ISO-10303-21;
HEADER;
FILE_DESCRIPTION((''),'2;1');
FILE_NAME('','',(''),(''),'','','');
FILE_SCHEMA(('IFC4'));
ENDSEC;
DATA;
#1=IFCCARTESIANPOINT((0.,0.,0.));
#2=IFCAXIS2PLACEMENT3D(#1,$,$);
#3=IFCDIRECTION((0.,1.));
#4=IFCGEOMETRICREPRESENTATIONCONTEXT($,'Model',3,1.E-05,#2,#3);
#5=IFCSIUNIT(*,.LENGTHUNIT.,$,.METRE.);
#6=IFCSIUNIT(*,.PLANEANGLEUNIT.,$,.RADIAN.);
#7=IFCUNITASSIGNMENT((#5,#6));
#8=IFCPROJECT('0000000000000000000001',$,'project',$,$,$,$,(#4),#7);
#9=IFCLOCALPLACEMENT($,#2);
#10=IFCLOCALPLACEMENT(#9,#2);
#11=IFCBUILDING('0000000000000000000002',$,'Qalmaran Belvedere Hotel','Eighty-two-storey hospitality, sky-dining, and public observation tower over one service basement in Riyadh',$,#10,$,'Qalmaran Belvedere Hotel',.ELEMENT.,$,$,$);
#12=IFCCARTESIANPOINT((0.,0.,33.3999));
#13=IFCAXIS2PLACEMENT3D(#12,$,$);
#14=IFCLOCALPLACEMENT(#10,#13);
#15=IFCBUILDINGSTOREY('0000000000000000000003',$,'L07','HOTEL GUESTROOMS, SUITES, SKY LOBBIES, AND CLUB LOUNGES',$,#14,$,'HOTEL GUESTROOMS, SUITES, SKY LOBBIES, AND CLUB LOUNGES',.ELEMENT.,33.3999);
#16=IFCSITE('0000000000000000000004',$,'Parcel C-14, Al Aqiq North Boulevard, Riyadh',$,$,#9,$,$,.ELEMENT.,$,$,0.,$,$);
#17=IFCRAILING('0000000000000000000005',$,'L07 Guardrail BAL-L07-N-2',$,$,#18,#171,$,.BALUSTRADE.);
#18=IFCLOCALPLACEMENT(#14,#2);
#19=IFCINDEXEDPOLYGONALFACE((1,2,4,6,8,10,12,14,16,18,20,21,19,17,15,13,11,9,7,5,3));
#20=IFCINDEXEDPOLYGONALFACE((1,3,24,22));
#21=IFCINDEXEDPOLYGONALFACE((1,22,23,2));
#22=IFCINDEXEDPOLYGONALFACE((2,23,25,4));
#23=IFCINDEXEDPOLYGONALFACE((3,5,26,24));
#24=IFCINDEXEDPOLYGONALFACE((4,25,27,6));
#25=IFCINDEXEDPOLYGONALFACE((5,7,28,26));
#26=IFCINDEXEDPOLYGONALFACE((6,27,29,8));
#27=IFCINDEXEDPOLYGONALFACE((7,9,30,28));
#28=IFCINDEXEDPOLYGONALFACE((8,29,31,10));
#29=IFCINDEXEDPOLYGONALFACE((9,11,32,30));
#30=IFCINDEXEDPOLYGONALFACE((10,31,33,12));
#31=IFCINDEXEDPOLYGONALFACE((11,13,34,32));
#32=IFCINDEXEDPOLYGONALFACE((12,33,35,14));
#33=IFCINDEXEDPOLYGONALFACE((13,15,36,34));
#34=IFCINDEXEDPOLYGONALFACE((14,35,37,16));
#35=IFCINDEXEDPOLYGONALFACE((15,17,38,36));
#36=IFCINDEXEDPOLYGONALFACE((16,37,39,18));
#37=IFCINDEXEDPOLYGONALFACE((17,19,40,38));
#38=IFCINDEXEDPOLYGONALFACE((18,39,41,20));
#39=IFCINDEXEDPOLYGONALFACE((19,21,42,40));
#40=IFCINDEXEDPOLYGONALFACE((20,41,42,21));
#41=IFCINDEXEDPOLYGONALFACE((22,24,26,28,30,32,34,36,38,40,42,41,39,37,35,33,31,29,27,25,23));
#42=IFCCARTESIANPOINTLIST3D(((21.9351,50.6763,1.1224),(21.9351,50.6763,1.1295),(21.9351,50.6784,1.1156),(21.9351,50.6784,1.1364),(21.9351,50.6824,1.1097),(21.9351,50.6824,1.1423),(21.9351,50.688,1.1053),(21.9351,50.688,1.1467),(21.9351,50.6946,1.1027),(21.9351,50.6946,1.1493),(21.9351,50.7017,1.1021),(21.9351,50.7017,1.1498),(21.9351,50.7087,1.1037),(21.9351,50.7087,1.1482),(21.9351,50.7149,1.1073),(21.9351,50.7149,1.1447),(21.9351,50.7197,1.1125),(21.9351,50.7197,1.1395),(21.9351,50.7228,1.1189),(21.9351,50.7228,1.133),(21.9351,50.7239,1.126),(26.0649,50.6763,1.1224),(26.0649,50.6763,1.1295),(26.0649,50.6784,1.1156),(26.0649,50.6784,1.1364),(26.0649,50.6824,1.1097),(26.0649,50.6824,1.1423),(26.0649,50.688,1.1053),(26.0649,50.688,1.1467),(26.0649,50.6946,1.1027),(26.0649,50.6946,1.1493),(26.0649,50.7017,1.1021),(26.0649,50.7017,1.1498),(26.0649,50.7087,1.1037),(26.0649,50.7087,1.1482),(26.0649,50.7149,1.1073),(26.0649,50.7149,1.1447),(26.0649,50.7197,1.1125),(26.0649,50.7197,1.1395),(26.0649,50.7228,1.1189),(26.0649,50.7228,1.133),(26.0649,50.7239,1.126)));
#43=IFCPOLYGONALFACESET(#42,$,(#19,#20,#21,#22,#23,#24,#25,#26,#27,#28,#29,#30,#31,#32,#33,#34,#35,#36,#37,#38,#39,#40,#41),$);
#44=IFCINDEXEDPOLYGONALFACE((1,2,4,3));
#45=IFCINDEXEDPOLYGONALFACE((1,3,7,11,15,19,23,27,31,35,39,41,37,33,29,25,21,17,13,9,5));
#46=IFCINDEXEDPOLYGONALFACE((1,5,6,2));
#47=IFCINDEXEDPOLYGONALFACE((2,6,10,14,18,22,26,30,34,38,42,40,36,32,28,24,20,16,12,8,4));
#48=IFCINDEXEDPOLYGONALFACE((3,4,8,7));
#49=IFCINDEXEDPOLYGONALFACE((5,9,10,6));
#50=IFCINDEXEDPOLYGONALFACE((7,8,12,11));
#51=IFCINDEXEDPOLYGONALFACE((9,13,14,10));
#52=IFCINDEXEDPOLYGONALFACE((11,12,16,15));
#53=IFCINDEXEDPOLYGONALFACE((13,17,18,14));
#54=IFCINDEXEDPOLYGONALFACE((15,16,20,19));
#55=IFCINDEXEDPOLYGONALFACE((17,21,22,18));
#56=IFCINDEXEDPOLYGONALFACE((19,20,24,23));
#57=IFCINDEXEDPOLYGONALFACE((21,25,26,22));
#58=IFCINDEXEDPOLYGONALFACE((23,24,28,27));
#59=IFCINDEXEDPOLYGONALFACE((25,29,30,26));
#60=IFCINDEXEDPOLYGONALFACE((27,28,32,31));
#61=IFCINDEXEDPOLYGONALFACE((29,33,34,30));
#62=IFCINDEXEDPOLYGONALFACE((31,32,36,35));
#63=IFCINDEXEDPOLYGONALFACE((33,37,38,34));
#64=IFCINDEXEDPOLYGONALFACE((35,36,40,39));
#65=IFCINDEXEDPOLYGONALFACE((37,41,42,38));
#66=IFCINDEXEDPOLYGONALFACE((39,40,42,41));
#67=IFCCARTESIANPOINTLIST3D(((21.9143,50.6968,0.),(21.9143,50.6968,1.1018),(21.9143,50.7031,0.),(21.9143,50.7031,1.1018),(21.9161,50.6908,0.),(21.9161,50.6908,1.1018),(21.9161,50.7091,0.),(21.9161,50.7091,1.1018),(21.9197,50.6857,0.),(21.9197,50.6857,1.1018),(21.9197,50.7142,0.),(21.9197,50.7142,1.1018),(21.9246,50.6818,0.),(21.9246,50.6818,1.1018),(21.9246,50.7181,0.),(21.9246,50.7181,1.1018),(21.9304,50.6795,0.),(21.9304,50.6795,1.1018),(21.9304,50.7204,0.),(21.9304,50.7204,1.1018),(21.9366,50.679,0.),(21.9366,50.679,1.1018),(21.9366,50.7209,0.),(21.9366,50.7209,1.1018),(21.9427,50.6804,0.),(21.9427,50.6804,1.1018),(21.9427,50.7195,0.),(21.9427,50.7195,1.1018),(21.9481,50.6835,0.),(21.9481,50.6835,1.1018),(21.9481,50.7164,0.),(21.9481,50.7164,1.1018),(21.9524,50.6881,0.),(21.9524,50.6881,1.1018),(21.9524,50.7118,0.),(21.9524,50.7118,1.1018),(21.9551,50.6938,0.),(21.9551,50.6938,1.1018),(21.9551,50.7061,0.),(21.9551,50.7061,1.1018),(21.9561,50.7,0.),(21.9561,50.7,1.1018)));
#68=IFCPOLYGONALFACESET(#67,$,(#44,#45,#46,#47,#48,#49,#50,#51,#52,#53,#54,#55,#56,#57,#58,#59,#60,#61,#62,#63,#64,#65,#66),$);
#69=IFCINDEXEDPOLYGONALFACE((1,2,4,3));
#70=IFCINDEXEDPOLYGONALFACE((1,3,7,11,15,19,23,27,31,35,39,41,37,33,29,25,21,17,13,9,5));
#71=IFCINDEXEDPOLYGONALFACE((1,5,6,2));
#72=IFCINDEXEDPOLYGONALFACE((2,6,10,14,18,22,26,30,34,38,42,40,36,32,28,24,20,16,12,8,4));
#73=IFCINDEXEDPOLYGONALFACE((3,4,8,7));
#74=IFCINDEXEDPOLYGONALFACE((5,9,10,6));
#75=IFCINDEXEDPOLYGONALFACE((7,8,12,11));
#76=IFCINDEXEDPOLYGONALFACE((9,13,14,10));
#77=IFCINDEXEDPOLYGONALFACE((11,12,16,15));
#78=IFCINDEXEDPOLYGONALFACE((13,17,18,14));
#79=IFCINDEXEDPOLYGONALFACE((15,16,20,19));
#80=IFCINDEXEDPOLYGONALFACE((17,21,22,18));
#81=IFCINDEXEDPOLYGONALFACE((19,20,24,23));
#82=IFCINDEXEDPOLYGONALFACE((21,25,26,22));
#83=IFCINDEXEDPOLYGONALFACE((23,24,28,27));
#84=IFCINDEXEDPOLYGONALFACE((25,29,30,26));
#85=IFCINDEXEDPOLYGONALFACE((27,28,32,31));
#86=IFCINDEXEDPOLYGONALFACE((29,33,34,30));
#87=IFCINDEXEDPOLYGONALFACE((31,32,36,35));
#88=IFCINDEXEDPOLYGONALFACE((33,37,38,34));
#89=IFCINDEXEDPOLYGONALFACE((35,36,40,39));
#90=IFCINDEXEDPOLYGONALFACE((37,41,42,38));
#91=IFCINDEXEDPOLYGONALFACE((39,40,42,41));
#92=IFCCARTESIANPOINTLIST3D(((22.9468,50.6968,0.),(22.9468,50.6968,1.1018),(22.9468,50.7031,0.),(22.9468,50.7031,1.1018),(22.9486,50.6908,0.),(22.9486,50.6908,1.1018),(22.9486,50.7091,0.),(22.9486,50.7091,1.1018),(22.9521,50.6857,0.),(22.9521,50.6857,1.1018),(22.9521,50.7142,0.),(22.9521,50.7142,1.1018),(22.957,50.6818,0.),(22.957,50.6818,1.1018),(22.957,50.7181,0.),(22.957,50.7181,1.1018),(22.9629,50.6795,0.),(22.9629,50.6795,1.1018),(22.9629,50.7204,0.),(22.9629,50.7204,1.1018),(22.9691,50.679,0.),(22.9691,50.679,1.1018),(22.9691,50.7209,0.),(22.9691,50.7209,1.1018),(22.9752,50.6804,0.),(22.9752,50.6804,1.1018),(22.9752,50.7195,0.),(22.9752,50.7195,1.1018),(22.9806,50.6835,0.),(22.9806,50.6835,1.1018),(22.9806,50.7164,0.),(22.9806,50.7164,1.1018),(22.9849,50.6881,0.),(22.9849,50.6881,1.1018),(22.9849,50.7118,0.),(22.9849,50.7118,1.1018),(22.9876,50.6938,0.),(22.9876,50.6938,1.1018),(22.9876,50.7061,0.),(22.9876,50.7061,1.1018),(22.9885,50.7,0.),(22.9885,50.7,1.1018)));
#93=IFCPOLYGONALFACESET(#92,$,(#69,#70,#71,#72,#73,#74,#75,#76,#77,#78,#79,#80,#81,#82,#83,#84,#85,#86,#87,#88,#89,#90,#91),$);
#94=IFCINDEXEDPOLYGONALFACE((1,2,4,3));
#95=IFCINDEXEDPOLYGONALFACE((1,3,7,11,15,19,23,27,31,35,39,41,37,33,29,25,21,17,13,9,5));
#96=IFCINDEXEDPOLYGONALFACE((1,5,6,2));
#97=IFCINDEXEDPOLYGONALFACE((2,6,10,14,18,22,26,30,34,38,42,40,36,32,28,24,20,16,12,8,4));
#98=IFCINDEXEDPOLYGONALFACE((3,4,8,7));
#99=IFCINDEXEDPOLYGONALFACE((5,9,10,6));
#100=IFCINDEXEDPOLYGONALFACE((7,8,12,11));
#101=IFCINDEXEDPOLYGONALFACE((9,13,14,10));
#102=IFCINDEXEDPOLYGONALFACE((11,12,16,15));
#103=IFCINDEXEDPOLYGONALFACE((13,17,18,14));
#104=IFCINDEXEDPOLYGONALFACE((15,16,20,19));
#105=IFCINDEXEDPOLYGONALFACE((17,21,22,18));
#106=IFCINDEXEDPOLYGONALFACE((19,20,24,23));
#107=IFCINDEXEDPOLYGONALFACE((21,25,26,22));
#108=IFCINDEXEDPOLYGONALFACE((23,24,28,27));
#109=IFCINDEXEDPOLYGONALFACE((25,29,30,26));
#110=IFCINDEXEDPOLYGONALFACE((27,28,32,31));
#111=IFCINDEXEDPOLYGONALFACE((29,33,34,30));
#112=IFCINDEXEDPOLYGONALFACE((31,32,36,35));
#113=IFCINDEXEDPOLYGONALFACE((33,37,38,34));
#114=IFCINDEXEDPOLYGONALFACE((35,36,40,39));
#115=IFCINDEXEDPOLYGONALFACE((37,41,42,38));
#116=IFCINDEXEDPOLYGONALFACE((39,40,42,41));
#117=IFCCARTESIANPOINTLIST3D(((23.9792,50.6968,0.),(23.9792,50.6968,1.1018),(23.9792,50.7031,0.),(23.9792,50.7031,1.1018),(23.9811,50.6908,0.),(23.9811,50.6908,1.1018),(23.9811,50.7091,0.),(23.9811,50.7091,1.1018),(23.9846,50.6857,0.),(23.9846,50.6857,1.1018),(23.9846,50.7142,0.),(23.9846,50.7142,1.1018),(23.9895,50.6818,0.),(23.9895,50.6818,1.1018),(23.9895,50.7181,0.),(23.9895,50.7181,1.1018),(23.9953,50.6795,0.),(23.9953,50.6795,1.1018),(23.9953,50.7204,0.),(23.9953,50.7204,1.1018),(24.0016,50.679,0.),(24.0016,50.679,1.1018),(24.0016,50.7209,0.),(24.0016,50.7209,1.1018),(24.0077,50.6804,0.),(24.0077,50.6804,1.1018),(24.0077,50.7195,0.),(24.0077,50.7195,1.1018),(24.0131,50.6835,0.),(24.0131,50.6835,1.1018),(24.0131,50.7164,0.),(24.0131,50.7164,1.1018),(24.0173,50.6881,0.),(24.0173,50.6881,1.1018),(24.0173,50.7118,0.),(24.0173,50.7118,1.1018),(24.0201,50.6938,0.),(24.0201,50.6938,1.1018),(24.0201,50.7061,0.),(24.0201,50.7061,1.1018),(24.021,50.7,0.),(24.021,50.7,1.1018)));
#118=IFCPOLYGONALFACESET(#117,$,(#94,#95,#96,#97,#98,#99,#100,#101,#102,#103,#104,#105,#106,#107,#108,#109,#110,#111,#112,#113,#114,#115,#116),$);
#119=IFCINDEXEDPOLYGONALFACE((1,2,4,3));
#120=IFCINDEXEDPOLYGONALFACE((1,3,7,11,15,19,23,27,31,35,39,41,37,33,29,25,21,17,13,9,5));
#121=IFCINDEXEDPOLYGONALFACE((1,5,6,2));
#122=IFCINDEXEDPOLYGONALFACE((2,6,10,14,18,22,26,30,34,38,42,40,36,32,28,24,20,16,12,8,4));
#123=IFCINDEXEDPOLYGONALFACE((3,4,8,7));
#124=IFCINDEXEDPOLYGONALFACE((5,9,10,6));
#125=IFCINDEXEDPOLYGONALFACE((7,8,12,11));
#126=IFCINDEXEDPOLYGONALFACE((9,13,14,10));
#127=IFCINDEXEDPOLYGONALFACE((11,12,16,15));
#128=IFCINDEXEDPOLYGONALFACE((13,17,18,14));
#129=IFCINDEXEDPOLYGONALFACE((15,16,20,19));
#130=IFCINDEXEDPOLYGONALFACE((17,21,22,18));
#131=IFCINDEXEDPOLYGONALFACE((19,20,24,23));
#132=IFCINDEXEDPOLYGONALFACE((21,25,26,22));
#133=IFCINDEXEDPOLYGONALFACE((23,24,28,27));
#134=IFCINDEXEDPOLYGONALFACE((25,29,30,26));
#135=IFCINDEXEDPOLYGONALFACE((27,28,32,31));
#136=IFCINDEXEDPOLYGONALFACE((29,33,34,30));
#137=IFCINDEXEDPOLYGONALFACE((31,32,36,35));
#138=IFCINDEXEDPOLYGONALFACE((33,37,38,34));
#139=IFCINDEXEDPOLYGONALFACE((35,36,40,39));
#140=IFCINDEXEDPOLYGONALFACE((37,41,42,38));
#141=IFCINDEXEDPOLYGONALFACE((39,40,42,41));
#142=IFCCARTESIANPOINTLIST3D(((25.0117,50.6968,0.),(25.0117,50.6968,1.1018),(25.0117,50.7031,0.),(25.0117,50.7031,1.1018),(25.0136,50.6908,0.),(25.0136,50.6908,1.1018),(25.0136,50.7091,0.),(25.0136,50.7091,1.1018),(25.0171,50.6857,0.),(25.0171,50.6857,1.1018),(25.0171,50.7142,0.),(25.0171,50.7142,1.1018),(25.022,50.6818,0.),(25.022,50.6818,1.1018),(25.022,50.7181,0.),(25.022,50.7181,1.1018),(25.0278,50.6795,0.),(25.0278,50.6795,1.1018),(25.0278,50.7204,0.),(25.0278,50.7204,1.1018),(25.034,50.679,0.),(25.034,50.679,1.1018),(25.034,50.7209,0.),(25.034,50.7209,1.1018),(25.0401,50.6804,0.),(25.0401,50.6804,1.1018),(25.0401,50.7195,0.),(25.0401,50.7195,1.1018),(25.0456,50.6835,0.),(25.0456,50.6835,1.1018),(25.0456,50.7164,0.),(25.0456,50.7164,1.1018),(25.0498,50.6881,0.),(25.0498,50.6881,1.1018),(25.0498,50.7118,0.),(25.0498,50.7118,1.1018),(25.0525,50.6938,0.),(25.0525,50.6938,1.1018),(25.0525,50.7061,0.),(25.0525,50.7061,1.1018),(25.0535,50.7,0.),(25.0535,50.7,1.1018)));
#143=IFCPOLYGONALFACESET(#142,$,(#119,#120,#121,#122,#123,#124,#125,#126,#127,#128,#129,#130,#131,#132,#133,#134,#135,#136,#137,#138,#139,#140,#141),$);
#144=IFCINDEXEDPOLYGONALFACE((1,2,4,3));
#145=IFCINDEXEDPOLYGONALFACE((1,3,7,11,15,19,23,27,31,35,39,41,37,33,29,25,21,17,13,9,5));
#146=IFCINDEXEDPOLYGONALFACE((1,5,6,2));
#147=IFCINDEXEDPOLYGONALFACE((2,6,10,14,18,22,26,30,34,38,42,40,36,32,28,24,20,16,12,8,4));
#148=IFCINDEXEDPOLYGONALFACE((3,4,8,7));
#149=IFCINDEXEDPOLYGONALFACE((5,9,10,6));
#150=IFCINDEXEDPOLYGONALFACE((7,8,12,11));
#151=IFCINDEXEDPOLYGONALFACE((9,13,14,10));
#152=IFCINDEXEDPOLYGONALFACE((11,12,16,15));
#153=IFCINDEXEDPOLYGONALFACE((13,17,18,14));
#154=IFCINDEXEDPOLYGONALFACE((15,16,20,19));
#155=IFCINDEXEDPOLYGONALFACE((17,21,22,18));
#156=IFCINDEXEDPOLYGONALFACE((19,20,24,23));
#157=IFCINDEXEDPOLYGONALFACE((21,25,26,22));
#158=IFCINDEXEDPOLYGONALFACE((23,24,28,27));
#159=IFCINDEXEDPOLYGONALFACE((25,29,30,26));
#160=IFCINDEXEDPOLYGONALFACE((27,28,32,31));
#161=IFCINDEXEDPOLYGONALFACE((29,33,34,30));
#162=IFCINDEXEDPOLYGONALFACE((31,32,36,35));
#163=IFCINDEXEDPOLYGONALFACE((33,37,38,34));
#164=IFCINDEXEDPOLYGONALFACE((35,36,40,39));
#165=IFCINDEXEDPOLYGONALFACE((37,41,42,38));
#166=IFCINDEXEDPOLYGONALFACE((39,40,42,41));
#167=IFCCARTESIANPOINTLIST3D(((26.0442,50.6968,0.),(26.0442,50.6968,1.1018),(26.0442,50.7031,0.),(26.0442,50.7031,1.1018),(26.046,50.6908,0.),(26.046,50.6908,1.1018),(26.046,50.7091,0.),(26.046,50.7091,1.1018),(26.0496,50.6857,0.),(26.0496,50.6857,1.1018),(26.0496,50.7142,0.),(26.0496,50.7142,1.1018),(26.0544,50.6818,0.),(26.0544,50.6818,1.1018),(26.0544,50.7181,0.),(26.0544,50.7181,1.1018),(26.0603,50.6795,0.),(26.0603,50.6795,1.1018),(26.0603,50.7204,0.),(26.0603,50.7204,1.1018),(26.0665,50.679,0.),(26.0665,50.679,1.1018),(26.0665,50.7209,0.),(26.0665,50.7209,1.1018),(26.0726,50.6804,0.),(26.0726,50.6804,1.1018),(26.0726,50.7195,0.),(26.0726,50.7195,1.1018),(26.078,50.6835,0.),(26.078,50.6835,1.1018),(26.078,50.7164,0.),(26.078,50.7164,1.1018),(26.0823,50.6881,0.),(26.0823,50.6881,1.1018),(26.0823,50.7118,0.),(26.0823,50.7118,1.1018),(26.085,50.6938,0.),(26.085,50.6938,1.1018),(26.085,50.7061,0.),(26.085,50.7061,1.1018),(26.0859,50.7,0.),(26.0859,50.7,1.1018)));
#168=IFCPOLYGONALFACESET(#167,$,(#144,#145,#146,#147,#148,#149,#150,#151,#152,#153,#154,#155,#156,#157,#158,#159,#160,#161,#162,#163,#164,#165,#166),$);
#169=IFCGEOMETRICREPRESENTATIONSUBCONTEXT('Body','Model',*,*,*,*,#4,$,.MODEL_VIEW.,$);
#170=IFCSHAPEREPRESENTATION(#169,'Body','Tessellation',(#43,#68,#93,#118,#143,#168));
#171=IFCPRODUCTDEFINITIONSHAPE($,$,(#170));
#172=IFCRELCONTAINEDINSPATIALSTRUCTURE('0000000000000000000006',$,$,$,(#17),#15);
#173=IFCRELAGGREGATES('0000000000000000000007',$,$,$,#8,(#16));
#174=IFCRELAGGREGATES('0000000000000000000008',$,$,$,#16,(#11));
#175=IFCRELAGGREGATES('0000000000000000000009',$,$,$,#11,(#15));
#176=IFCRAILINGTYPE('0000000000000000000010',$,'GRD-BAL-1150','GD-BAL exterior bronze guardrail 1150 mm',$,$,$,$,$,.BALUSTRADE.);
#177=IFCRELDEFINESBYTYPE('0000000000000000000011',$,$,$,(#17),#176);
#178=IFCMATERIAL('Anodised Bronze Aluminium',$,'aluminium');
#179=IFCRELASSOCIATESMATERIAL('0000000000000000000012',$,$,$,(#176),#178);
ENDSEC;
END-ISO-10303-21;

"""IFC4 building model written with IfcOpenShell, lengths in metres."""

from ifc_helpers import new_model, si_unit, direction, frame, origin, origin_2d, place, context, subcontext, project, spatial, circle, extrude, material, type_object, element, save


model = new_model("IFC4")

# Units and contexts
model_context = context("Model", 3, precision=1e-05, world=origin(), true_north=direction((0.0, 1.0)))
body_context = subcontext(model_context, "Body", "Model", "MODEL_VIEW")
ifc_project = project(units=[si_unit("LENGTHUNIT", "METRE"), si_unit("PLANEANGLEUNIT", "RADIAN")], contexts=[model_context])

# Site, building, storey
site_placement = place(None, origin())
site = spatial("IfcSite", under=ifc_project, at=site_placement, Name="Parcel C-14, Al Aqiq North Boulevard, Riyadh", CompositionType="ELEMENT", RefElevation=0.0)
building_placement = place(site_placement, origin())
building = spatial("IfcBuilding", under=site, at=building_placement, Name="Qalmaran Belvedere Hotel", Description="Eighty-two-storey hospitality, sky-dining, and public observation tower over one service basement in Riyadh", LongName="Qalmaran Belvedere Hotel", CompositionType="ELEMENT")
storey_placement = place(building_placement, frame((0.0, 0.0, 33.3999)))
storey = spatial("IfcBuildingStorey", under=building, at=storey_placement, Name="L07", Description="HOTEL GUESTROOMS, SUITES, SKY LOBBIES, AND CLUB LOUNGES", LongName="HOTEL GUESTROOMS, SUITES, SKY LOBBIES, AND CLUB LOUNGES", CompositionType="ELEMENT", Elevation=33.3999)

# Shared definitions
ifc_material_1 = material(Name="Anodised Bronze Aluminium", Category="aluminium")

# Railing
railing_type = type_object("IfcRailingType", Name="GRD-BAL-1150", Description="GD-BAL exterior bronze guardrail 1150 mm", PredefinedType="BALUSTRADE", material=ifc_material_1)
railing_1_placement = place(storey_placement, frame((21.9351, 50.7, 0.0)))
element("IfcRailing", 1, at=railing_1_placement, inside=storey, type_object=railing_type, Name="L07 Guardrail BAL-L07-N-2", PredefinedType="BALUSTRADE", context=body_context, shape_type="SweptSolid", body=[
    extrude(circle(Radius=0.0239, at=origin_2d()), frame((0.0, 0.0, 1.126), z_axis=(1.0, 0.0, 0.0), x_axis=(0.0, 1.0, 0.0)), (0.0, 0.0, 1.0), 4.1299),
    extrude(circle(Radius=0.021, at=origin_2d()), origin(), (0.0, 0.0, 1.0), 1.1018),
    extrude(circle(Radius=0.021, at=origin_2d()), frame((1.0325, 0.0, 0.0)), (0.0, 0.0, 1.0), 1.1018),
    extrude(circle(Radius=0.021, at=origin_2d()), frame((2.0649, 0.0, 0.0)), (0.0, 0.0, 1.0), 1.1018),
    extrude(circle(Radius=0.021, at=origin_2d()), frame((3.0974, 0.0, 0.0)), (0.0, 0.0, 1.0), 1.1018),
    extrude(circle(Radius=0.021, at=origin_2d()), frame((4.1299, 0.0, 0.0)), (0.0, 0.0, 1.0), 1.1018),
])

save(model, "model.ifc")
